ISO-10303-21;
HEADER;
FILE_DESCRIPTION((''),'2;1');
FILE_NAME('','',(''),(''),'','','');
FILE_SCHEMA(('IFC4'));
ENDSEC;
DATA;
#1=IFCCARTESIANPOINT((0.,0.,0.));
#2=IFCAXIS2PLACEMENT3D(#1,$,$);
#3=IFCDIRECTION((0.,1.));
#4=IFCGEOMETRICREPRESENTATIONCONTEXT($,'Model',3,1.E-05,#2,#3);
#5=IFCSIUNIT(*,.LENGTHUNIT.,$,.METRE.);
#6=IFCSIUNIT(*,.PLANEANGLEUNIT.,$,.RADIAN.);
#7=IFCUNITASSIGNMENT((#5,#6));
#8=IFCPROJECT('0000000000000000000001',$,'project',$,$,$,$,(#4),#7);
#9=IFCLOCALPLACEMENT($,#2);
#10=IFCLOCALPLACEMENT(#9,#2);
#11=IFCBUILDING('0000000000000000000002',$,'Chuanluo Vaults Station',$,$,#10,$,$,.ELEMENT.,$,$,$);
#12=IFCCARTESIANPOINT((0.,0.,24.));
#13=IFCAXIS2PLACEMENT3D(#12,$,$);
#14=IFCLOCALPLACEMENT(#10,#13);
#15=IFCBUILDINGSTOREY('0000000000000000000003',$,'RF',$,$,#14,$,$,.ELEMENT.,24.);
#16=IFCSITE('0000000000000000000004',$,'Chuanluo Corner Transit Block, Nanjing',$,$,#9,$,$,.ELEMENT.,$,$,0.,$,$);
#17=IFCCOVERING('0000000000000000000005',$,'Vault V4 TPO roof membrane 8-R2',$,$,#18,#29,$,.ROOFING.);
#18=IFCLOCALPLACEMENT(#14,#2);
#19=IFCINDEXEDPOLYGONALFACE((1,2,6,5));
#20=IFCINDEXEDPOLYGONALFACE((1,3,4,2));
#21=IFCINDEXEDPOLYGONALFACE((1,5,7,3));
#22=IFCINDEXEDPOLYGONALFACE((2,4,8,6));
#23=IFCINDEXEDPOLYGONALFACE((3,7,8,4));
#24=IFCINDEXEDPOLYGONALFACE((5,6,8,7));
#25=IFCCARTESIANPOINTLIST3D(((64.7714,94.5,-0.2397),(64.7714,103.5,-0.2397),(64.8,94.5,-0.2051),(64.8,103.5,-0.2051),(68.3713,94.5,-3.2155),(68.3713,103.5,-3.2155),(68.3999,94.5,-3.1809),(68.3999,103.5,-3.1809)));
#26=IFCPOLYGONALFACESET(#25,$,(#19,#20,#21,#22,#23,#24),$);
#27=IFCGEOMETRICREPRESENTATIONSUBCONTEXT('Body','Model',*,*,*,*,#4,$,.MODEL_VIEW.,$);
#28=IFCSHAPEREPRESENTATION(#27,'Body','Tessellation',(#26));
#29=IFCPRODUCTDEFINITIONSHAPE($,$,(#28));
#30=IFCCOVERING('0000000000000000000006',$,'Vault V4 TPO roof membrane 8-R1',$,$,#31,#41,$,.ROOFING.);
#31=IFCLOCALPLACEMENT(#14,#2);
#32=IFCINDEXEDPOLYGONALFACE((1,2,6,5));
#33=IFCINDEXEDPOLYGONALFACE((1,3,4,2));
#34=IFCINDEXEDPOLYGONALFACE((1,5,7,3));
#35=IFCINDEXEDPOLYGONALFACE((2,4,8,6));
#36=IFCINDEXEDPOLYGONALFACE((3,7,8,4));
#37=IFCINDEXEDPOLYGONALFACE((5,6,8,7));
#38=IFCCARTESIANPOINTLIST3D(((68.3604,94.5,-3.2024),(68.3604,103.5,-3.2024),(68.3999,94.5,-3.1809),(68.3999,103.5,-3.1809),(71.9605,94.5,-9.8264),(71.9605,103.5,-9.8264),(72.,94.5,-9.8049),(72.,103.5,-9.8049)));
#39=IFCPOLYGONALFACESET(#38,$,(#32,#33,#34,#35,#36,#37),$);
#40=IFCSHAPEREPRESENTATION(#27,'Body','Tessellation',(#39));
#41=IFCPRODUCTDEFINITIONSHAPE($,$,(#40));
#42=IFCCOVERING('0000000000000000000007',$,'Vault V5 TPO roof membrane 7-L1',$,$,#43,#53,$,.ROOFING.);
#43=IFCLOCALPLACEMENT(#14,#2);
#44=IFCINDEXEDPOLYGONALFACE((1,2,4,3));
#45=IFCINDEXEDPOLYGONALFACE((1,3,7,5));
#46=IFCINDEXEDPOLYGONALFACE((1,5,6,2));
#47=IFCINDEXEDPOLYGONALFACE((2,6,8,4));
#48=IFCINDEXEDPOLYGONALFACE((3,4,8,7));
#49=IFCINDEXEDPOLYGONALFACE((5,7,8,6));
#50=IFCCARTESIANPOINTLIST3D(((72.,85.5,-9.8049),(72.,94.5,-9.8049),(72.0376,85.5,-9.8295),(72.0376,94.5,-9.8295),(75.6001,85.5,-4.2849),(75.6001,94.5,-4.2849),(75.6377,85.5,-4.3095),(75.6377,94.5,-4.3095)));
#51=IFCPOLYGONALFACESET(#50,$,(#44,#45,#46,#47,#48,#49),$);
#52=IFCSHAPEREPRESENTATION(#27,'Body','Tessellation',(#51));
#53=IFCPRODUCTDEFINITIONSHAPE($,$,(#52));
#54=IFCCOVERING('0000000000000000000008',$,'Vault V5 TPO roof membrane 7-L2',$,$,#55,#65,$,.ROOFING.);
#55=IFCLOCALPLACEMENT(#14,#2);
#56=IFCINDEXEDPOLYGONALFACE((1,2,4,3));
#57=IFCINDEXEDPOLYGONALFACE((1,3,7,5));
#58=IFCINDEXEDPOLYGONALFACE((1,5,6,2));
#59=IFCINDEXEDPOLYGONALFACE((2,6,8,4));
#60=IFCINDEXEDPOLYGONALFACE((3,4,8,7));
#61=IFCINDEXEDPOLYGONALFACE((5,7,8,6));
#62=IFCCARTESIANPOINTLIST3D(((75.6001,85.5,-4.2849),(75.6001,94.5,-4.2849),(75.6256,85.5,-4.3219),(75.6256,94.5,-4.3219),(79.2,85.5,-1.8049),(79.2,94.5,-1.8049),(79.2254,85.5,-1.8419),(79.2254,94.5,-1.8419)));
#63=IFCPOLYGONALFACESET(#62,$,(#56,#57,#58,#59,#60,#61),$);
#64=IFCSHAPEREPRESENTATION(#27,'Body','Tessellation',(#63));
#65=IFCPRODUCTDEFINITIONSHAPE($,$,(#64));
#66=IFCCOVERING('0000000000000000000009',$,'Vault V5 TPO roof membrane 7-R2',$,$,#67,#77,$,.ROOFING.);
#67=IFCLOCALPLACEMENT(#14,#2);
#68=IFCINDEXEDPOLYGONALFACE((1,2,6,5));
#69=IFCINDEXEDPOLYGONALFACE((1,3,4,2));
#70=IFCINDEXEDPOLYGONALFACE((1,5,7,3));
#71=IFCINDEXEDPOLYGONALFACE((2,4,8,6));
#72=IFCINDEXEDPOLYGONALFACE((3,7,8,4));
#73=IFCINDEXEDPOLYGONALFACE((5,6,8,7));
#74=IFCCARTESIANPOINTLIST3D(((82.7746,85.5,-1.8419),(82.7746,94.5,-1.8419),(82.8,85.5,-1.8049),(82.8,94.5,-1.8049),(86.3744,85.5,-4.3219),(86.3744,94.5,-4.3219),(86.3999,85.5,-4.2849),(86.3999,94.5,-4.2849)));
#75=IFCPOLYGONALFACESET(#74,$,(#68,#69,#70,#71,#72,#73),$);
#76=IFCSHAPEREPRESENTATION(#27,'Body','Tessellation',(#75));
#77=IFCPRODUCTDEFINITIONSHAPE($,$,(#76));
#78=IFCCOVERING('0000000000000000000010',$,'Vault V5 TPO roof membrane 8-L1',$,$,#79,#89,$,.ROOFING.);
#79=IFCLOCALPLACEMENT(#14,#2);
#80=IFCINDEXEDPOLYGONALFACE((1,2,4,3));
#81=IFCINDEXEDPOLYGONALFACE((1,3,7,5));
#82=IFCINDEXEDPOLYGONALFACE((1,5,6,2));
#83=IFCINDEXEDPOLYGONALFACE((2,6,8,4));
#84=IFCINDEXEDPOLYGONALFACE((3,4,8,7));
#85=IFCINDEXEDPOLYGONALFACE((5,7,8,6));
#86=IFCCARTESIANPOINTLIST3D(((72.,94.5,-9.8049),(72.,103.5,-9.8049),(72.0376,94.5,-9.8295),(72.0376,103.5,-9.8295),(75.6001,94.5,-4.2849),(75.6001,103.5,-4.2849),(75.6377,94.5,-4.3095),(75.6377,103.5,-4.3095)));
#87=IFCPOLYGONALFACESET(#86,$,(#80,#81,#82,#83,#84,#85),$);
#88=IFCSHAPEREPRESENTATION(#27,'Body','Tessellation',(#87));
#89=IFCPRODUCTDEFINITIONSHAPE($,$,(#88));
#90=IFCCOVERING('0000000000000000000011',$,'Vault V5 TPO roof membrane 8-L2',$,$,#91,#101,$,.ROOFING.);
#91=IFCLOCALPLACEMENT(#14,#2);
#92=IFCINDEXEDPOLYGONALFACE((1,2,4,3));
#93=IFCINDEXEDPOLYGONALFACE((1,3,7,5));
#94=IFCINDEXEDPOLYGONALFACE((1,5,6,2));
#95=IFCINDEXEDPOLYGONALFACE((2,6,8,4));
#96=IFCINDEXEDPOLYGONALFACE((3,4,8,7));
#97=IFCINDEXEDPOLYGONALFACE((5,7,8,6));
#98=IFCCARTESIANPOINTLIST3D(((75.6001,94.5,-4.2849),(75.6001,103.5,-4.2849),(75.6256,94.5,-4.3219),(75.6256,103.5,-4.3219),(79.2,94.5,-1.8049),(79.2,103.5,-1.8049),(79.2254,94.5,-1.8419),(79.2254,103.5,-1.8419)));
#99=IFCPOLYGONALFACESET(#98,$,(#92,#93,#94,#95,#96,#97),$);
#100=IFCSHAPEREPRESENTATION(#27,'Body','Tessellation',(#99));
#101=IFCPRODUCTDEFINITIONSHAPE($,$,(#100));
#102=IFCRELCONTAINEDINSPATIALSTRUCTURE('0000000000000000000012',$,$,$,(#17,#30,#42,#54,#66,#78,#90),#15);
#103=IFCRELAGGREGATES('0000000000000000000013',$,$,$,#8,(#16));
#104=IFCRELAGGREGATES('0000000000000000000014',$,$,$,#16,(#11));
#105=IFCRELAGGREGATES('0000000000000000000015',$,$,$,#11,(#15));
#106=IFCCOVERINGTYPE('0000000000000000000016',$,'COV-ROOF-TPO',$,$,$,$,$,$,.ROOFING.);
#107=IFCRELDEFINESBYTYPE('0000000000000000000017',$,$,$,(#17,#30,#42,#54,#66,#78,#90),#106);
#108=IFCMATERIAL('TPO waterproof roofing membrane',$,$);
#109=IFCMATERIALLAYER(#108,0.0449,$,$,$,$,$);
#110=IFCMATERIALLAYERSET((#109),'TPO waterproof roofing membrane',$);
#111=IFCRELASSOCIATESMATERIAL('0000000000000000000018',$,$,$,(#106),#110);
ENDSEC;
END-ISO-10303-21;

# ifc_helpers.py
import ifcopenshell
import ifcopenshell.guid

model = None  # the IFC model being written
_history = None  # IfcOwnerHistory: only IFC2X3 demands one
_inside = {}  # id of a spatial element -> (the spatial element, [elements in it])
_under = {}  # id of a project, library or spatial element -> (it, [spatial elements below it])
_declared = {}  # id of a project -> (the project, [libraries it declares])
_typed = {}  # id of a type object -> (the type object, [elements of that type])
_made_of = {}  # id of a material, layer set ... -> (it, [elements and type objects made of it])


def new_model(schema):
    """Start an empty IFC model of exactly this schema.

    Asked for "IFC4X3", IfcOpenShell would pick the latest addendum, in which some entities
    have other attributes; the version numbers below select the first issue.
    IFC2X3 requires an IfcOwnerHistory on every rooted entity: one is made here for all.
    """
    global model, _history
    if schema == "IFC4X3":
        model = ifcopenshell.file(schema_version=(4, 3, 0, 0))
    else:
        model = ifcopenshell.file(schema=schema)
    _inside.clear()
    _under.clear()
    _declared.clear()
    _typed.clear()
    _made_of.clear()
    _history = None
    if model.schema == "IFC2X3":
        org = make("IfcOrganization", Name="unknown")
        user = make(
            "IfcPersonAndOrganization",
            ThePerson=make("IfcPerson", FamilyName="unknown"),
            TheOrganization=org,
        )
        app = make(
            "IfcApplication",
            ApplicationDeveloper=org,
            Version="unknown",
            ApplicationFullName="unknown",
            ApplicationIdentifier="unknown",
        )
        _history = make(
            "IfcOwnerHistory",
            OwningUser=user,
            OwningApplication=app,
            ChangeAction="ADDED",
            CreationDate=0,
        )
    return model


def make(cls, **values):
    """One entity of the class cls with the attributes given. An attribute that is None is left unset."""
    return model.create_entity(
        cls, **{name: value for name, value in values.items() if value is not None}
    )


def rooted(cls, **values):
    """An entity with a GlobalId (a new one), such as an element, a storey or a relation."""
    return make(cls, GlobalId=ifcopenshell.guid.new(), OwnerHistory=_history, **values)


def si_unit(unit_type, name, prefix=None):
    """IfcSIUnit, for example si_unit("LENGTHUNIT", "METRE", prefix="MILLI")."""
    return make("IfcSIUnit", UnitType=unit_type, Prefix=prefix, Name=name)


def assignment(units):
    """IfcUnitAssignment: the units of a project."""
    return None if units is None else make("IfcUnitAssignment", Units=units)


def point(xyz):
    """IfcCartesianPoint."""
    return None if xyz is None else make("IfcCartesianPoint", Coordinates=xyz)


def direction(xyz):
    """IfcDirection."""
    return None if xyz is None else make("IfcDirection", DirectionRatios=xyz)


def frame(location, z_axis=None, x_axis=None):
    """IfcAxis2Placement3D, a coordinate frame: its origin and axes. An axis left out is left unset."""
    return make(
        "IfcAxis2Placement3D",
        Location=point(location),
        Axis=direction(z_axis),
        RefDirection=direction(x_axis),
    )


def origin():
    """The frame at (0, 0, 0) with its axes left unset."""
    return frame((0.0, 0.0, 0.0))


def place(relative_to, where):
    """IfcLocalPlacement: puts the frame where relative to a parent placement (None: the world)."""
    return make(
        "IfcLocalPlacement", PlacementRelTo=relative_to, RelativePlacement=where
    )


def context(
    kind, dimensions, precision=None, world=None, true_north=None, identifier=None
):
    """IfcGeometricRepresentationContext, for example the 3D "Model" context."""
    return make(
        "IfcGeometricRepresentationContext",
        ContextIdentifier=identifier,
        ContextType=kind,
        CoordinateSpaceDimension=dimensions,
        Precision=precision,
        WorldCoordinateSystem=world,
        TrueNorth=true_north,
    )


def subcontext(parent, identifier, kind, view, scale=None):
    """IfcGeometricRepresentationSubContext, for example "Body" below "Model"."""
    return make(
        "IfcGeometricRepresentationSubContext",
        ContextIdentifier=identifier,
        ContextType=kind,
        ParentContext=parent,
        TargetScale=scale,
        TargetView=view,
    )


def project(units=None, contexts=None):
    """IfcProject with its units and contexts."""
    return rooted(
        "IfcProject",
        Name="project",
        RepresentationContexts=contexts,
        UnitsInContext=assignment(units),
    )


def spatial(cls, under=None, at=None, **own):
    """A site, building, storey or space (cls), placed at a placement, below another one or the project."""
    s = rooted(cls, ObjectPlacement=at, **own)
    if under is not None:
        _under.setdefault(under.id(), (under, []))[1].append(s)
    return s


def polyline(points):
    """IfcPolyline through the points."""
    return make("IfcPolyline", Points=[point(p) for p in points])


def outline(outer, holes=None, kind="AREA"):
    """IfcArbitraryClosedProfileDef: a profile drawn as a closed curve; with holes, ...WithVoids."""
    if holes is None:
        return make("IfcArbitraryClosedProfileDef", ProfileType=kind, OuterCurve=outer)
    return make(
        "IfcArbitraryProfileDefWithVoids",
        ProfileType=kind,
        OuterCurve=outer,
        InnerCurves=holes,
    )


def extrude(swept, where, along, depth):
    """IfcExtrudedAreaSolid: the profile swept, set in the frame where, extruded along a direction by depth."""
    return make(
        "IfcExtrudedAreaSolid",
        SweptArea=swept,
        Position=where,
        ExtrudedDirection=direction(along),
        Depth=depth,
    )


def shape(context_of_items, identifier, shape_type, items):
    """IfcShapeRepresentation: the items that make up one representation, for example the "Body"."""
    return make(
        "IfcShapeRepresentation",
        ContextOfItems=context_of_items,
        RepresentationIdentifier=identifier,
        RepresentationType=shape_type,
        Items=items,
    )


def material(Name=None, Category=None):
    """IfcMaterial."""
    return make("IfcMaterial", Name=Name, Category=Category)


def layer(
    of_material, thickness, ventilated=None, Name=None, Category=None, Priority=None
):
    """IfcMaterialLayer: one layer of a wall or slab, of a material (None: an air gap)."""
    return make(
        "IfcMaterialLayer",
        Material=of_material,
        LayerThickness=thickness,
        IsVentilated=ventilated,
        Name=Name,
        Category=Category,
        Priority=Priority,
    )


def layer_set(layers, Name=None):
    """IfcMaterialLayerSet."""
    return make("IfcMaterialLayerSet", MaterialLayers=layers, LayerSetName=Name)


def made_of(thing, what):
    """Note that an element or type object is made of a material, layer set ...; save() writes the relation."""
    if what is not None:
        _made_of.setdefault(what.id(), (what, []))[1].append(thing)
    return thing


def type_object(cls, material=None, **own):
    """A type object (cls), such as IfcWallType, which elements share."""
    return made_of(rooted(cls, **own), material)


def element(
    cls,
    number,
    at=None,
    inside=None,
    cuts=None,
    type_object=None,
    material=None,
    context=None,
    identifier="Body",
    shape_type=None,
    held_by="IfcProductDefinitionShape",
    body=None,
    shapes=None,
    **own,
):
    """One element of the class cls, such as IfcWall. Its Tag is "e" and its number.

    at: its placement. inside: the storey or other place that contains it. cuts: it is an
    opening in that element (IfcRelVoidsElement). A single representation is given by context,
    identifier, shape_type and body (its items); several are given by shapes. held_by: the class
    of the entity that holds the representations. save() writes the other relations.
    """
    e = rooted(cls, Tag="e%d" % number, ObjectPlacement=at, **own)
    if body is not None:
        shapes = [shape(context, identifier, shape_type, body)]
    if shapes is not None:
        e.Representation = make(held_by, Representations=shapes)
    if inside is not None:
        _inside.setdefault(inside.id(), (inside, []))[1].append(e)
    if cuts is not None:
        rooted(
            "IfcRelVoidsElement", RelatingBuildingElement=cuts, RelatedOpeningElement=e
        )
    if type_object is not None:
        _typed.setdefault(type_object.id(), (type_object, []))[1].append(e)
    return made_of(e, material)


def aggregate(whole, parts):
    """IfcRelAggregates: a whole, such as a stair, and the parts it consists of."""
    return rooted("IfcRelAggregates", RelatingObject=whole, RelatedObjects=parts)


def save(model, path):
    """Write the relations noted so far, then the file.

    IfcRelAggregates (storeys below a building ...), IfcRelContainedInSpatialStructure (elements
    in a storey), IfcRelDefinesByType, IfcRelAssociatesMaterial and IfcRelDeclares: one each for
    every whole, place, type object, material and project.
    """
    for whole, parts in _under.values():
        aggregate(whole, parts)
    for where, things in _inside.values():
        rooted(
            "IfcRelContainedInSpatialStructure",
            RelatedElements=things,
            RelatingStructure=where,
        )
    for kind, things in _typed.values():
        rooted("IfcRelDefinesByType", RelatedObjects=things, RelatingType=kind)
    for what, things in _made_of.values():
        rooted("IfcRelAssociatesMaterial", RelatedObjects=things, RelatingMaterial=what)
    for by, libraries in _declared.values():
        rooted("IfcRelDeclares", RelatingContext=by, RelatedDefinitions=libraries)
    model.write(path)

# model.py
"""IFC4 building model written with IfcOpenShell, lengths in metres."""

from ifc_helpers import new_model, si_unit, direction, frame, origin, place, context, subcontext, project, spatial, polyline, outline, extrude, material, layer, layer_set, type_object, element, save


model = new_model("IFC4")

# Units and contexts
model_context = context("Model", 3, precision=1e-05, world=origin(), true_north=direction((0.0, 1.0)))
body_context = subcontext(model_context, "Body", "Model", "MODEL_VIEW")
ifc_project = project(units=[si_unit("LENGTHUNIT", "METRE"), si_unit("PLANEANGLEUNIT", "RADIAN")], contexts=[model_context])

# Site, building, storey
site_placement = place(None, origin())
site = spatial("IfcSite", under=ifc_project, at=site_placement, Name="Chuanluo Corner Transit Block, Nanjing", CompositionType="ELEMENT", RefElevation=0.0)
building_placement = place(site_placement, origin())
building = spatial("IfcBuilding", under=site, at=building_placement, Name="Chuanluo Vaults Station", CompositionType="ELEMENT")
storey_placement = place(building_placement, frame((0.0, 0.0, 24.0)))
storey = spatial("IfcBuildingStorey", under=building, at=storey_placement, Name="RF", CompositionType="ELEMENT", Elevation=24.0)

# Coverings
ifc_material_1 = material(Name="TPO waterproof roofing membrane")
ifc_layer_1 = layer(ifc_material_1, 0.0449)
ifc_layer_set_1 = layer_set([ifc_layer_1], Name="TPO waterproof roofing membrane")
covering_type_1 = type_object("IfcCoveringType", Name="COV-ROOF-TPO", PredefinedType="ROOFING", material=ifc_layer_set_1)
covering_1_placement = place(storey_placement, frame((64.8, 94.5, -0.2051), z_axis=(0.637141, 0.0, 0.770747), x_axis=(0.770747, 0.0, -0.637141)))
element("IfcCovering", 1, at=covering_1_placement, inside=storey, type_object=covering_type_1, Name="Vault V4 TPO roof membrane 8-R2", PredefinedType="ROOFING", context=body_context, shape_type="SweptSolid", body=[
    extrude(outline(polyline([(0.0, 0.0), (4.6706, 0.0), (4.6706, 9.0), (0.0, 9.0), (0.0, 0.0)])), origin(), (0.0, 0.0, -1.0), 0.0449),
])
covering_2_placement = place(storey_placement, frame((68.3999, 94.5, -3.1809), z_axis=(0.87862, 0.0, 0.477522), x_axis=(0.477522, 0.0, -0.87862)))
element("IfcCovering", 2, at=covering_2_placement, inside=storey, type_object=covering_type_1, Name="Vault V4 TPO roof membrane 8-R1", PredefinedType="ROOFING", context=body_context, shape_type="SweptSolid", body=[
    extrude(outline(polyline([(0.0, 0.0), (7.5391, 0.0), (7.5391, 9.0), (0.0, 9.0), (0.0, 0.0)])), origin(), (0.0, 0.0, -1.0), 0.0449),
])
covering_3_placement = place(storey_placement, frame((72.0, 85.5, -9.8049), z_axis=(-0.837605, 0.0, 0.546277), x_axis=(0.546277, 0.0, 0.837605)))
element("IfcCovering", 3, at=covering_3_placement, inside=storey, type_object=covering_type_1, Name="Vault V5 TPO roof membrane 7-L1", PredefinedType="ROOFING", context=body_context, shape_type="SweptSolid", body=[
    extrude(outline(polyline([(0.0, 0.0), (6.5902, 0.0), (6.5902, 9.0), (0.0, 9.0), (0.0, 0.0)])), origin(), (0.0, 0.0, -1.0), 0.0449),
])
for number, where, z_axis, x_axis, name in (
    (4, (75.6001, 85.5, -4.2849), (-0.567318, 0.0, 0.823499), (0.823499, 0.0, 0.567318), "Vault V5 TPO roof membrane 7-L2"),
    (5, (82.8, 85.5, -1.8049), (0.567318, 0.0, 0.823499), (0.823499, 0.0, -0.567318), "Vault V5 TPO roof membrane 7-R2"),
):
    element("IfcCovering", number, at=place(storey_placement, frame(where, z_axis=z_axis, x_axis=x_axis)), inside=storey, type_object=covering_type_1, Name=name, PredefinedType="ROOFING", context=body_context, shape_type="SweptSolid", body=[
        extrude(outline(polyline([(0.0, 0.0), (4.3714, 0.0), (4.3714, 9.0), (0.0, 9.0), (0.0, 0.0)])), origin(), (0.0, 0.0, -1.0), 0.0449),
    ])
covering_4_placement = place(storey_placement, frame((72.0, 94.5, -9.8049), z_axis=(-0.837605, 0.0, 0.546277), x_axis=(0.546277, 0.0, 0.837605)))
element("IfcCovering", 6, at=covering_4_placement, inside=storey, type_object=covering_type_1, Name="Vault V5 TPO roof membrane 8-L1", PredefinedType="ROOFING", context=body_context, shape_type="SweptSolid", body=[
    extrude(outline(polyline([(0.0, 0.0), (6.5902, 0.0), (6.5902, 9.0), (0.0, 9.0), (0.0, 0.0)])), origin(), (0.0, 0.0, -1.0), 0.0449),
])
covering_5_placement = place(storey_placement, frame((75.6001, 94.5, -4.2849), z_axis=(-0.567318, 0.0, 0.823499), x_axis=(0.823499, 0.0, 0.567318)))
element("IfcCovering", 7, at=covering_5_placement, inside=storey, type_object=covering_type_1, Name="Vault V5 TPO roof membrane 8-L2", PredefinedType="ROOFING", context=body_context, shape_type="SweptSolid", body=[
    extrude(outline(polyline([(0.0, 0.0), (4.3714, 0.0), (4.3714, 9.0), (0.0, 9.0), (0.0, 0.0)])), origin(), (0.0, 0.0, -1.0), 0.0449),
])

save(model, "model.ifc")
